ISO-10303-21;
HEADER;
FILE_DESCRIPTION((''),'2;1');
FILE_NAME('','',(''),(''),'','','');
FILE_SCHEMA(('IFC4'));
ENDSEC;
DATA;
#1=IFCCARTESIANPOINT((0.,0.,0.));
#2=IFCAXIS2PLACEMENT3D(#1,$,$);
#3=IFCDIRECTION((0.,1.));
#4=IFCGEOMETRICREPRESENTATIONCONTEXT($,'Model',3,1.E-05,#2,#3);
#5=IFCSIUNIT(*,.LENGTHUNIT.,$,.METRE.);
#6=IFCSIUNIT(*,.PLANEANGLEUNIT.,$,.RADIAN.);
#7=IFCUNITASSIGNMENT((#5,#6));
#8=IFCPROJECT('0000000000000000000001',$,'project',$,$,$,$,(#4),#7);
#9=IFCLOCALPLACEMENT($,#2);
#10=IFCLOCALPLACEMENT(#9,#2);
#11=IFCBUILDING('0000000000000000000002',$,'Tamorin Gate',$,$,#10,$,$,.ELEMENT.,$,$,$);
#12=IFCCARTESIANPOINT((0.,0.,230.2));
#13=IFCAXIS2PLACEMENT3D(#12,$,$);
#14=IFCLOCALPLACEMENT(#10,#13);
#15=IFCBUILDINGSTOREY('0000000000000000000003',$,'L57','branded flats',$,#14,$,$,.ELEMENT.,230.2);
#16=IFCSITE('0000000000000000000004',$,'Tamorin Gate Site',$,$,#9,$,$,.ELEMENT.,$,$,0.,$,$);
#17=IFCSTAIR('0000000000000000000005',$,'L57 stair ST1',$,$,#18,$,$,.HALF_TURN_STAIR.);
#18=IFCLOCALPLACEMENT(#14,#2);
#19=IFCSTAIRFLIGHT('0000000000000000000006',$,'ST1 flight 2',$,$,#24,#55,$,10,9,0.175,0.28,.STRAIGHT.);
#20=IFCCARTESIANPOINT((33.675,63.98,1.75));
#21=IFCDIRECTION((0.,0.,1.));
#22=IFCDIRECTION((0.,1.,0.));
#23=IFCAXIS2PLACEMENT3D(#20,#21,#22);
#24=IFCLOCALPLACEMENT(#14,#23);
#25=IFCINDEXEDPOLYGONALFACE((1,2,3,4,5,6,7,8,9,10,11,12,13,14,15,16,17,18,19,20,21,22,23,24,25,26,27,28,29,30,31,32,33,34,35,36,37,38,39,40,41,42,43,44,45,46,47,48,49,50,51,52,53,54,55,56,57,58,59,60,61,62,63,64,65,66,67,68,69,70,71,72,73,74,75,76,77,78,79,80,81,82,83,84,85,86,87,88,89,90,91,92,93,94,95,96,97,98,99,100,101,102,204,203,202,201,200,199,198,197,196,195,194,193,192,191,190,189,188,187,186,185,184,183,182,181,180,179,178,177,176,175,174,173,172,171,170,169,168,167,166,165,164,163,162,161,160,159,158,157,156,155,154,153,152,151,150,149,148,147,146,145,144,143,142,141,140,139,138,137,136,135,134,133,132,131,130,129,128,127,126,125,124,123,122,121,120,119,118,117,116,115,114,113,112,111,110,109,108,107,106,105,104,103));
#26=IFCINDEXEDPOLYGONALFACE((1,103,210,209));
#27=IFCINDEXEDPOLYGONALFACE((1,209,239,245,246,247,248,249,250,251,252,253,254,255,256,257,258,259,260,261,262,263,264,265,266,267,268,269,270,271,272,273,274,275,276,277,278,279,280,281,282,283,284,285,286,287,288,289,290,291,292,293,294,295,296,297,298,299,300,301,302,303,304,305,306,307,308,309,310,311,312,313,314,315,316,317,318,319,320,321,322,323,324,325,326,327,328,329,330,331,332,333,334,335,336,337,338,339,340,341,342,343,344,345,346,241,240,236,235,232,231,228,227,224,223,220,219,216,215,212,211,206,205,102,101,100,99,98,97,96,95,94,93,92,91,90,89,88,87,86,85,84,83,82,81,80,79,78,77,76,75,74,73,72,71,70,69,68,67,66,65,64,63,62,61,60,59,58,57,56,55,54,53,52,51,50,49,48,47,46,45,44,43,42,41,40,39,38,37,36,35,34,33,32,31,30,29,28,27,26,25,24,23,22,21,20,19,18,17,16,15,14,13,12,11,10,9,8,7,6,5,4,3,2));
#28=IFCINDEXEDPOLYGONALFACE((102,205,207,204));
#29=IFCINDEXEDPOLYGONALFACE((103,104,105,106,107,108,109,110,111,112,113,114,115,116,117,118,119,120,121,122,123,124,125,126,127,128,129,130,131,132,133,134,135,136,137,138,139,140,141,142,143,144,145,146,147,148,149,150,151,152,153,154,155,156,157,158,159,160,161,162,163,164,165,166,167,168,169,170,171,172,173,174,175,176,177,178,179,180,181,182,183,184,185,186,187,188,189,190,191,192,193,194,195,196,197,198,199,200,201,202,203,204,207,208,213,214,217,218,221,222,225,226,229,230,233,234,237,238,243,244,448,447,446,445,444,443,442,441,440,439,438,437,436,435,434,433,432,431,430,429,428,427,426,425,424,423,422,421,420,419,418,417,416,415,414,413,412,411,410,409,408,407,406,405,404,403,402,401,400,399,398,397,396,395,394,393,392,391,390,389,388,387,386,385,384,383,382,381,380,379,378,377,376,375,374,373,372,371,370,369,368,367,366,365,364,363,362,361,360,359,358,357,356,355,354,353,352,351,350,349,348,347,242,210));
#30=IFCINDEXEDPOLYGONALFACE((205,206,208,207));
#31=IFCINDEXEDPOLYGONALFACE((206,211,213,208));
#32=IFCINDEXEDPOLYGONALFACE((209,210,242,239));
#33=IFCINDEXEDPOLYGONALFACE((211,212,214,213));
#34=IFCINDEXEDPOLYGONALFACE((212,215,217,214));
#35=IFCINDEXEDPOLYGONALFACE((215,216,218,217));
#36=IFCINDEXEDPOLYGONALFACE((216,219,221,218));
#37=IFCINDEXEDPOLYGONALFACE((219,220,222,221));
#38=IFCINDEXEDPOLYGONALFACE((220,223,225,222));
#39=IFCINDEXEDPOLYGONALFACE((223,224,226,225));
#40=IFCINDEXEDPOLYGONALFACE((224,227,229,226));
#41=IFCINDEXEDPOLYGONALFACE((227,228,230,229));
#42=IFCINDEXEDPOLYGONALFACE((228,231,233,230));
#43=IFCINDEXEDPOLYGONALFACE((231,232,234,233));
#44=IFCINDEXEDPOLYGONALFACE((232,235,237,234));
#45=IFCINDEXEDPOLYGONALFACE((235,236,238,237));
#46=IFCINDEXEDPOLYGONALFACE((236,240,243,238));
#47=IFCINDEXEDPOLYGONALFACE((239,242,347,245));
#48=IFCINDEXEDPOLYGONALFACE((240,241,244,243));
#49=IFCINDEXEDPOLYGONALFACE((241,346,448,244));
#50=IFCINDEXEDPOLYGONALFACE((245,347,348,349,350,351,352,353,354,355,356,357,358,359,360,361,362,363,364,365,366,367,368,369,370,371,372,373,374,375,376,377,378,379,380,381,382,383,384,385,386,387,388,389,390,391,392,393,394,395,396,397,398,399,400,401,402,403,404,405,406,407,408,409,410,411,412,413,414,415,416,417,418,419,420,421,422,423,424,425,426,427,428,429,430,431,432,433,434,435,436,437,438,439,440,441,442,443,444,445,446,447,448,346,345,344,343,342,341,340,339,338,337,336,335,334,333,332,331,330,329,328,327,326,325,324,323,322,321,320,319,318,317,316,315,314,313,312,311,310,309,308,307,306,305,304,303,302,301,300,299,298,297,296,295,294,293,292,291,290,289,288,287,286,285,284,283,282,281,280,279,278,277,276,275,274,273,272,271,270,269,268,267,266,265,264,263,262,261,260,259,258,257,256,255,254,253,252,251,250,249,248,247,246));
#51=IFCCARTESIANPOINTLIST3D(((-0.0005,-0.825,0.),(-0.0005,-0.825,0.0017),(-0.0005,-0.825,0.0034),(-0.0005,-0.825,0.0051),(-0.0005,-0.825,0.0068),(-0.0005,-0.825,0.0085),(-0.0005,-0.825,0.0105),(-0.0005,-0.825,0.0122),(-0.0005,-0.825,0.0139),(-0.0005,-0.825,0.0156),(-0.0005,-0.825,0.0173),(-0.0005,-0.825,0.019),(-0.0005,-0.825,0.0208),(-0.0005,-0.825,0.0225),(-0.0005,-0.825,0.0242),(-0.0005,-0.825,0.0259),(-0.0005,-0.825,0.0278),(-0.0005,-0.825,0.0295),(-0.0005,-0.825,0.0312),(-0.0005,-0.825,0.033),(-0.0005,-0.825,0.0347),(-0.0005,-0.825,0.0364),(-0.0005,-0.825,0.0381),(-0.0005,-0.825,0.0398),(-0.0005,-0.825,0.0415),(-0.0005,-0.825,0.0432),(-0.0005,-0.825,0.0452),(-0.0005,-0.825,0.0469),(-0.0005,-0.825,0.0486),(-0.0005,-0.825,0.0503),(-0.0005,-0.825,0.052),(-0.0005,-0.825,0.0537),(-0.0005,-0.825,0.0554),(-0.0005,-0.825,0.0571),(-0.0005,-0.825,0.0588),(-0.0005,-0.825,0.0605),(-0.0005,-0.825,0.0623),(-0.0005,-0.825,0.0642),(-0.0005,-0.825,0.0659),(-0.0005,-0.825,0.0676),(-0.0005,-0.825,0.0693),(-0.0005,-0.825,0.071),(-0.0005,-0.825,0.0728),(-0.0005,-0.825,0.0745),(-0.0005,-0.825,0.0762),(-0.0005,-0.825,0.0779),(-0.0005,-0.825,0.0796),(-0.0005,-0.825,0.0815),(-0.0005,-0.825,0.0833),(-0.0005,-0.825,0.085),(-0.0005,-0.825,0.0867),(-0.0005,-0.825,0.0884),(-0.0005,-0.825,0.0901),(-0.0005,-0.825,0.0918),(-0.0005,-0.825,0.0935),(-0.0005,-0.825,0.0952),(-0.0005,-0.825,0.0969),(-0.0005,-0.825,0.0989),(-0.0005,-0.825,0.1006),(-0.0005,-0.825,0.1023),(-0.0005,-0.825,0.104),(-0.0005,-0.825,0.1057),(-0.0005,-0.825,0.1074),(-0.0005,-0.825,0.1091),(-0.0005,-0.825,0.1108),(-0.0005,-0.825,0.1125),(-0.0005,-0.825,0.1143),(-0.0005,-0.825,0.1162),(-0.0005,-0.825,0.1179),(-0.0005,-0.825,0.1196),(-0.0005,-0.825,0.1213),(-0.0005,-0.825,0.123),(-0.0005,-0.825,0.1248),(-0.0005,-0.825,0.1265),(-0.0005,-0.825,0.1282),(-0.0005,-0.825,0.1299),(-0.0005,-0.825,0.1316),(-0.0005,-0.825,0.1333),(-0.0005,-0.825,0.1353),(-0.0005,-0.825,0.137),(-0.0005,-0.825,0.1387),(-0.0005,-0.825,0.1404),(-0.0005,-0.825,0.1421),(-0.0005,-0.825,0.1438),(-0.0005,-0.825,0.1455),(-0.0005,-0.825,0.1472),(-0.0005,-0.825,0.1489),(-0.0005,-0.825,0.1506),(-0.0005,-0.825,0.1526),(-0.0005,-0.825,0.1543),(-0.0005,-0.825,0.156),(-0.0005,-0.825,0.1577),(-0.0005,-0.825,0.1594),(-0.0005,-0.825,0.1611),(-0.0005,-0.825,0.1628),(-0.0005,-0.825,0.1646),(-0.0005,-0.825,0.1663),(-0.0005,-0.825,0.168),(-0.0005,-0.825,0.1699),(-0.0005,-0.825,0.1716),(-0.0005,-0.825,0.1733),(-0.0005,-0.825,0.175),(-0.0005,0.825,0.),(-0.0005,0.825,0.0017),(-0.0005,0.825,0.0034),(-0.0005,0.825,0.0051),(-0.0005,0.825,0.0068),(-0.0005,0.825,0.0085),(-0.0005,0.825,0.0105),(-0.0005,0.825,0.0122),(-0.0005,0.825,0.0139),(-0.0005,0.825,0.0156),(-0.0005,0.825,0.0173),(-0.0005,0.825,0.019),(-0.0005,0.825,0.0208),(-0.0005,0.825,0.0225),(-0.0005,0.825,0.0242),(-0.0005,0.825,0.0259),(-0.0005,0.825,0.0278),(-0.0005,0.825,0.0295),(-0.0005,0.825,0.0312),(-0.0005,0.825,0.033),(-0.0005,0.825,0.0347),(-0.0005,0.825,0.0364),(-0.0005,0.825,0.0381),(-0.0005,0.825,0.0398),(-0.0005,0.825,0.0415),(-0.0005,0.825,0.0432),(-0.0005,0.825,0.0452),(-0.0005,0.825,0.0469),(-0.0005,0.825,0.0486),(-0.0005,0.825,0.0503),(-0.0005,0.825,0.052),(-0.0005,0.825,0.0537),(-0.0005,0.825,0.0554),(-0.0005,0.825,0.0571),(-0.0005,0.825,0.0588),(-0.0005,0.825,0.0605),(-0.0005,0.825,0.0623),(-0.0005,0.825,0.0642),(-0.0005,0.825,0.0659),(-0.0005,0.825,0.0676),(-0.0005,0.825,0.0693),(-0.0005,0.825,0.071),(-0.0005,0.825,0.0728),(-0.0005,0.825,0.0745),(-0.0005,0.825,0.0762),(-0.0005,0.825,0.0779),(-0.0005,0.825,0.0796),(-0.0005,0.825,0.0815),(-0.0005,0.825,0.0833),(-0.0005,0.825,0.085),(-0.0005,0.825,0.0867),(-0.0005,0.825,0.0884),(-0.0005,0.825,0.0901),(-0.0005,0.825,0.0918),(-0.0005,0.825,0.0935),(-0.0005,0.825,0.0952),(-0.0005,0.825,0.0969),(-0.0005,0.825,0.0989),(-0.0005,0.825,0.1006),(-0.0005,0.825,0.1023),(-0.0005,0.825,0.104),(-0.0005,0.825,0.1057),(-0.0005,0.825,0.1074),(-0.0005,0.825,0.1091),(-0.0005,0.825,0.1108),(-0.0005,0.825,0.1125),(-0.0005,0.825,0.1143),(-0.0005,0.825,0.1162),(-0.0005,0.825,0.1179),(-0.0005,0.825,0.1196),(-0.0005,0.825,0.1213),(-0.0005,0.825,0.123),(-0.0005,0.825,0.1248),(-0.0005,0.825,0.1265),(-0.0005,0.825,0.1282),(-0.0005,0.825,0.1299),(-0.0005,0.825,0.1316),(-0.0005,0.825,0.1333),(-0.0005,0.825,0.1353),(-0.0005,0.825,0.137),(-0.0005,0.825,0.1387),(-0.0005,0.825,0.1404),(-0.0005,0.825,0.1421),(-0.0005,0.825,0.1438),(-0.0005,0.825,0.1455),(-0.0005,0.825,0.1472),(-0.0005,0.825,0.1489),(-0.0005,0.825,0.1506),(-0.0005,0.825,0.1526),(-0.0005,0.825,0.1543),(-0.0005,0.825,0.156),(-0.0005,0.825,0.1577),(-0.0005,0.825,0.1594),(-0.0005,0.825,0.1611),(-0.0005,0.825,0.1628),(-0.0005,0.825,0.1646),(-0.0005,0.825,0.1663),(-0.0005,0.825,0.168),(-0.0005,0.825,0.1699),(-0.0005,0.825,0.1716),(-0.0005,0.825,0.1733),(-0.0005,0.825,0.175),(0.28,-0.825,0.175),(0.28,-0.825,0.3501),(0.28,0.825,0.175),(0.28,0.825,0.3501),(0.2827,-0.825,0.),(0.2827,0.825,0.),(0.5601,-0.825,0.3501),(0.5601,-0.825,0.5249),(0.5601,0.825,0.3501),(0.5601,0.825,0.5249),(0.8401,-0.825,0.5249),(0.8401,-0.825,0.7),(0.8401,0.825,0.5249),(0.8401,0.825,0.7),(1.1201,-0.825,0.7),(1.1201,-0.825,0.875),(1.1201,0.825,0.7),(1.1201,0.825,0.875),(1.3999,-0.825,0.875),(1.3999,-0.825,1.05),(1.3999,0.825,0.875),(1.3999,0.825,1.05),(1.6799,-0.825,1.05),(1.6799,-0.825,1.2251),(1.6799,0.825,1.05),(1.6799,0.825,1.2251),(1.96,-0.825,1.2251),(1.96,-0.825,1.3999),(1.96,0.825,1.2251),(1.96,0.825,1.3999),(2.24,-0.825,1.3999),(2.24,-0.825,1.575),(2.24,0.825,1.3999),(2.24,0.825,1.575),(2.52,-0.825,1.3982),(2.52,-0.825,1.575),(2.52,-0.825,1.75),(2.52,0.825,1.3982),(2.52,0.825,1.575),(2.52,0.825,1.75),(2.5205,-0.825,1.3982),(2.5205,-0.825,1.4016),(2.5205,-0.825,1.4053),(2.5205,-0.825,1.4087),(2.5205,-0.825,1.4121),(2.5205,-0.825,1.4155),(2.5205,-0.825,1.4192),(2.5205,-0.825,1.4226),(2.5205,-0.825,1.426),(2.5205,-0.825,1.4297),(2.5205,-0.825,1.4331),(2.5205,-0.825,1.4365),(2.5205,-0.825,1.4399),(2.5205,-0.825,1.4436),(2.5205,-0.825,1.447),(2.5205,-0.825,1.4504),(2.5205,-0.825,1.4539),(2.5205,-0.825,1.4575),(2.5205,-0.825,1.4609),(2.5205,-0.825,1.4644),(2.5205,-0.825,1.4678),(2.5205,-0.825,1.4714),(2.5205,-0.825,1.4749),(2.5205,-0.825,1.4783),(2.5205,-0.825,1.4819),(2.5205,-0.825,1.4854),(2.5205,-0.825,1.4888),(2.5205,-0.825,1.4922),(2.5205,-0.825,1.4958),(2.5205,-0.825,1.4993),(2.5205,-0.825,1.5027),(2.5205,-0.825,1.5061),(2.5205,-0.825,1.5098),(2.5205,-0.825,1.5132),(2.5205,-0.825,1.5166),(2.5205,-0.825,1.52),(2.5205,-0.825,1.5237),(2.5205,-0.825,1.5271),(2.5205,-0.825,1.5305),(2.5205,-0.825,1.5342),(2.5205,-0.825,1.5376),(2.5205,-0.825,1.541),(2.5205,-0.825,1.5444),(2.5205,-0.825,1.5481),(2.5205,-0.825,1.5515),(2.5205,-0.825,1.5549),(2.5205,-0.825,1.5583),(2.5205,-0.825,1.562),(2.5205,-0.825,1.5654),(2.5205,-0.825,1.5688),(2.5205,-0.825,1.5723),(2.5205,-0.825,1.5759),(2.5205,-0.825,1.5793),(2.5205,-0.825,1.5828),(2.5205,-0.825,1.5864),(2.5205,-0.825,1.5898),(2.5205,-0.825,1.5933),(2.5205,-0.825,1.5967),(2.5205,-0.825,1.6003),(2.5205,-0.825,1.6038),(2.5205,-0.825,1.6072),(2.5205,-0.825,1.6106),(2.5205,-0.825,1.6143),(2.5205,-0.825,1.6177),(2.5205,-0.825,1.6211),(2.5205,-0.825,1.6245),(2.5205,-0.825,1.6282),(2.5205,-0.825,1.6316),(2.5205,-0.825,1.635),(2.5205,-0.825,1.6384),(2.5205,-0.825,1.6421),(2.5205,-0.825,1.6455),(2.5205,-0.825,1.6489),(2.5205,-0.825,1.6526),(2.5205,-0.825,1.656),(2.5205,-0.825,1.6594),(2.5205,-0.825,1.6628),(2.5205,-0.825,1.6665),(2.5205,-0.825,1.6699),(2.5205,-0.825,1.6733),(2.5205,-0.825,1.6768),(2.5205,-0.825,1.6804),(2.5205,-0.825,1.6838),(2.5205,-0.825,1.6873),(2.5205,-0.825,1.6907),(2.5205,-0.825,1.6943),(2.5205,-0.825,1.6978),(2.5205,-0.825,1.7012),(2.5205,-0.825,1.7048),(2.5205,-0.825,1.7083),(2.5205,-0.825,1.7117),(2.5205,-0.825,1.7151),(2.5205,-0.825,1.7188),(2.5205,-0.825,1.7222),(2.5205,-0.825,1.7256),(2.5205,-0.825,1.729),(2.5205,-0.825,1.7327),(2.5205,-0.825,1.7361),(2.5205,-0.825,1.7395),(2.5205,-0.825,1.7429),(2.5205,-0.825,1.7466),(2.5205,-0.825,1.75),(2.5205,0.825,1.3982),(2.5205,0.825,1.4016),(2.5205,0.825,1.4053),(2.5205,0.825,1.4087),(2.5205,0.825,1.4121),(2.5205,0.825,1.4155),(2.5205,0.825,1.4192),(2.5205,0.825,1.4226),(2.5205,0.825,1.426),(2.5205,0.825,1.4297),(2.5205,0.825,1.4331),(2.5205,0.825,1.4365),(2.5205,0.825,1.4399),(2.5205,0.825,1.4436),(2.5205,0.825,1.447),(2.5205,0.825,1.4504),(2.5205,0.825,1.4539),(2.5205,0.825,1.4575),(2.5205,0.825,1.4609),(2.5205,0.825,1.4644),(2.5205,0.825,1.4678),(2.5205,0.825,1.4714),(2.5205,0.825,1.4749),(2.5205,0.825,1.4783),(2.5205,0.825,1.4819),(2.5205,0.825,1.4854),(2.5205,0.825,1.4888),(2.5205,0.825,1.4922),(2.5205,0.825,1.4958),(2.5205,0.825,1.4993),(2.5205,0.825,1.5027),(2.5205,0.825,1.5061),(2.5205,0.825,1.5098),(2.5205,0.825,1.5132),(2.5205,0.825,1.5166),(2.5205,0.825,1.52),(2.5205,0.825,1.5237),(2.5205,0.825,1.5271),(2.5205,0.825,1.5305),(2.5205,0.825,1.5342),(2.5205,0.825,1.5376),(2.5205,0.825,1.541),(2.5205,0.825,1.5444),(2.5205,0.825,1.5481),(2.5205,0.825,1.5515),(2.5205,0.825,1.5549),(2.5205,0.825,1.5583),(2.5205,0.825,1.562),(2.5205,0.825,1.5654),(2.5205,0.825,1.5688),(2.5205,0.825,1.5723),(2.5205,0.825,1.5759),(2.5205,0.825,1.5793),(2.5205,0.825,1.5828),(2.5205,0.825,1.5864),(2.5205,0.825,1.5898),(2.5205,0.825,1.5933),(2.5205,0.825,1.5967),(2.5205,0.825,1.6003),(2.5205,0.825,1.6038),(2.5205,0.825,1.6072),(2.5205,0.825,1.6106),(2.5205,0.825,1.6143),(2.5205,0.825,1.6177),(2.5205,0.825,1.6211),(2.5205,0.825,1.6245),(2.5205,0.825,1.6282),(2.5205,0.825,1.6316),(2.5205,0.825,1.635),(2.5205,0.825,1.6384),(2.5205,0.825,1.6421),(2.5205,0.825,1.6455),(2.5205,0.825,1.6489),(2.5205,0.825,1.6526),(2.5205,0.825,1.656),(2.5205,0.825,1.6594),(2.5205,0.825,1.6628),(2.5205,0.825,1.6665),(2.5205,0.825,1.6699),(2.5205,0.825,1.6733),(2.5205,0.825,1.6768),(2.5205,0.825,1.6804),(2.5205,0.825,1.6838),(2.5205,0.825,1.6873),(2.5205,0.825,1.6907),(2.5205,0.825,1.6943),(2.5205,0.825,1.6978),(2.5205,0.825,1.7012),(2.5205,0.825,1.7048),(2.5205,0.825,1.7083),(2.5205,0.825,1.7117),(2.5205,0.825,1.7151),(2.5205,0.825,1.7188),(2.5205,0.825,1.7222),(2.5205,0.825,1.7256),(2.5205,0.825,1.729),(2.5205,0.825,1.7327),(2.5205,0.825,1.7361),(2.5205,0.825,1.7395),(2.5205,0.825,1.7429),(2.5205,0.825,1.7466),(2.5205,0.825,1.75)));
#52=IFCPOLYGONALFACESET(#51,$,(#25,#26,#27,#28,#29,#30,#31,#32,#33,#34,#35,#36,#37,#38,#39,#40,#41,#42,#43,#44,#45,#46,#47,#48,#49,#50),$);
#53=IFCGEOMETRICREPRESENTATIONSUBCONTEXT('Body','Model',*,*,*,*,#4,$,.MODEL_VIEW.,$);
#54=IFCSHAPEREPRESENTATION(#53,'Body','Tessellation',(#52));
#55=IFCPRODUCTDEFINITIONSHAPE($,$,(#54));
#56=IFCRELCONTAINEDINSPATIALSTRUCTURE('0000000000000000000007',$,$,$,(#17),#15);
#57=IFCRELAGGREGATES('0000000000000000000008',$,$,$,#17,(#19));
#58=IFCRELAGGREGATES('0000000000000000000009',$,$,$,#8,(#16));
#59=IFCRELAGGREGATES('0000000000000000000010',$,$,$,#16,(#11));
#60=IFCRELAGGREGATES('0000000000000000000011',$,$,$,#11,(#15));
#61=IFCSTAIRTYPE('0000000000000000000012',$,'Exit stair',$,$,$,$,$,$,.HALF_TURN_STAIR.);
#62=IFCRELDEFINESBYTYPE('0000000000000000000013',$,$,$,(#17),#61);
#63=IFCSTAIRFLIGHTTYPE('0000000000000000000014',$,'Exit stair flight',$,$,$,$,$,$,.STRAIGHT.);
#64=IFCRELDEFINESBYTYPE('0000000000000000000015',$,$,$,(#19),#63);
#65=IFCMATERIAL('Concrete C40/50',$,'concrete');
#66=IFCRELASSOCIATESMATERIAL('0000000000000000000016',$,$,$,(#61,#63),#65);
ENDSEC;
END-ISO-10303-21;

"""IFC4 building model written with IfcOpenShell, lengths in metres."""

from ifc_helpers import new_model, si_unit, direction, frame, origin, place, context, subcontext, project, spatial, polyline, outline, extrude, material, type_object, element, aggregate, save


model = new_model("IFC4")

# Units and contexts
model_context = context("Model", 3, precision=1e-05, world=origin(), true_north=direction((0.0, 1.0)))
body_context = subcontext(model_context, "Body", "Model", "MODEL_VIEW")
ifc_project = project(units=[si_unit("LENGTHUNIT", "METRE"), si_unit("PLANEANGLEUNIT", "RADIAN")], contexts=[model_context])

# Site, building, storey
site_placement = place(None, origin())
site = spatial("IfcSite", under=ifc_project, at=site_placement, Name="Tamorin Gate Site", CompositionType="ELEMENT", RefElevation=0.0)
building_placement = place(site_placement, origin())
building = spatial("IfcBuilding", under=site, at=building_placement, Name="Tamorin Gate", CompositionType="ELEMENT")
storey_placement = place(building_placement, frame((0.0, 0.0, 230.2)))
storey = spatial("IfcBuildingStorey", under=building, at=storey_placement, Name="L57", Description="branded flats", CompositionType="ELEMENT", Elevation=230.2)

# Shared definitions
ifc_material_1 = material(Name="Concrete C40/50", Category="concrete")

# Stair, stair flight
stair_type = type_object("IfcStairType", Name="Exit stair", PredefinedType="HALF_TURN_STAIR", material=ifc_material_1)
stair_1_placement = place(storey_placement, origin())
stair_1 = element("IfcStair", 1, at=stair_1_placement, inside=storey, type_object=stair_type, Name="L57 stair ST1", PredefinedType="HALF_TURN_STAIR")
stair_flight_type = type_object("IfcStairFlightType", Name="Exit stair flight", PredefinedType="STRAIGHT", material=ifc_material_1)
stair_flight_1_placement = place(storey_placement, frame((33.675, 63.98, 1.75), z_axis=(0.0, 0.0, 1.0), x_axis=(0.0, 1.0, 0.0)))
stair_flight_1 = element("IfcStairFlight", 2, at=stair_flight_1_placement, type_object=stair_flight_type, Name="ST1 flight 2", NumberOfRisers=10, NumberOfTreads=9, PredefinedType="STRAIGHT", RiserHeight=0.175, TreadLength=0.28, context=body_context, shape_type="SweptSolid", body=[
    extrude(outline(polyline([(-0.0005, 0.0), (-0.0005, 0.0017), (-0.0005, 0.0034), (-0.0005, 0.0051), (-0.0005, 0.0068), (-0.0005, 0.0085), (-0.0005, 0.0105), (-0.0005, 0.0122), (-0.0005, 0.0139), (-0.0005, 0.0156), (-0.0005, 0.0173), (-0.0005, 0.019), (-0.0005, 0.0208), (-0.0005, 0.0225), (-0.0005, 0.0242), (-0.0005, 0.0259), (-0.0005, 0.0278), (-0.0005, 0.0295), (-0.0005, 0.0312), (-0.0005, 0.033), (-0.0005, 0.0347), (-0.0005, 0.0364), (-0.0005, 0.0381), (-0.0005, 0.0398), (-0.0005, 0.0415), (-0.0005, 0.0432), (-0.0005, 0.0452), (-0.0005, 0.0469), (-0.0005, 0.0486), (-0.0005, 0.0503), (-0.0005, 0.052), (-0.0005, 0.0537), (-0.0005, 0.0554), (-0.0005, 0.0571), (-0.0005, 0.0588), (-0.0005, 0.0605), (-0.0005, 0.0623), (-0.0005, 0.0642), (-0.0005, 0.0659), (-0.0005, 0.0676), (-0.0005, 0.0693), (-0.0005, 0.071), (-0.0005, 0.0728), (-0.0005, 0.0745), (-0.0005, 0.0762), (-0.0005, 0.0779), (-0.0005, 0.0796), (-0.0005, 0.0815), (-0.0005, 0.0833), (-0.0005, 0.085), (-0.0005, 0.0867), (-0.0005, 0.0884), (-0.0005, 0.0901), (-0.0005, 0.0918), (-0.0005, 0.0935), (-0.0005, 0.0952), (-0.0005, 0.0969), (-0.0005, 0.0989), (-0.0005, 0.1006), (-0.0005, 0.1023), (-0.0005, 0.104), (-0.0005, 0.1057), (-0.0005, 0.1074), (-0.0005, 0.1091), (-0.0005, 0.1108), (-0.0005, 0.1125), (-0.0005, 0.1143), (-0.0005, 0.1162), (-0.0005, 0.1179), (-0.0005, 0.1196), (-0.0005, 0.1213), (-0.0005, 0.123), (-0.0005, 0.1248), (-0.0005, 0.1265), (-0.0005, 0.1282), (-0.0005, 0.1299), (-0.0005, 0.1316), (-0.0005, 0.1333), (-0.0005, 0.1353), (-0.0005, 0.137), (-0.0005, 0.1387), (-0.0005, 0.1404), (-0.0005, 0.1421), (-0.0005, 0.1438), (-0.0005, 0.1455), (-0.0005, 0.1472), (-0.0005, 0.1489), (-0.0005, 0.1506), (-0.0005, 0.1526), (-0.0005, 0.1543), (-0.0005, 0.156), (-0.0005, 0.1577), (-0.0005, 0.1594), (-0.0005, 0.1611), (-0.0005, 0.1628), (-0.0005, 0.1646), (-0.0005, 0.1663), (-0.0005, 0.168), (-0.0005, 0.1699), (-0.0005, 0.1716), (-0.0005, 0.1733), (-0.0005, 0.175), (0.28, 0.175), (0.28, 0.3501), (0.5601, 0.3501), (0.5601, 0.5249), (0.8401, 0.5249), (0.8401, 0.7), (1.1201, 0.7), (1.1201, 0.875), (1.3999, 0.875), (1.3999, 1.05), (1.6799, 1.05), (1.6799, 1.2251), (1.96, 1.2251), (1.96, 1.3999), (2.24, 1.3999), (2.24, 1.575), (2.52, 1.575), (2.52, 1.75), (2.5205, 1.75), (2.5205, 1.7466), (2.5205, 1.7429), (2.5205, 1.7395), (2.5205, 1.7361), (2.5205, 1.7327), (2.5205, 1.729), (2.5205, 1.7256), (2.5205, 1.7222), (2.5205, 1.7188), (2.5205, 1.7151), (2.5205, 1.7117), (2.5205, 1.7083), (2.5205, 1.7048), (2.5205, 1.7012), (2.5205, 1.6978), (2.5205, 1.6943), (2.5205, 1.6907), (2.5205, 1.6873), (2.5205, 1.6838), (2.5205, 1.6804), (2.5205, 1.6768), (2.5205, 1.6733), (2.5205, 1.6699), (2.5205, 1.6665), (2.5205, 1.6628), (2.5205, 1.6594), (2.5205, 1.656), (2.5205, 1.6526), (2.5205, 1.6489), (2.5205, 1.6455), (2.5205, 1.6421), (2.5205, 1.6384), (2.5205, 1.635), (2.5205, 1.6316), (2.5205, 1.6282), (2.5205, 1.6245), (2.5205, 1.6211), (2.5205, 1.6177), (2.5205, 1.6143), (2.5205, 1.6106), (2.5205, 1.6072), (2.5205, 1.6038), (2.5205, 1.6003), (2.5205, 1.5967), (2.5205, 1.5933), (2.5205, 1.5898), (2.5205, 1.5864), (2.5205, 1.5828), (2.5205, 1.5793), (2.5205, 1.5759), (2.5205, 1.5723), (2.5205, 1.5688), (2.5205, 1.5654), (2.5205, 1.562), (2.5205, 1.5583), (2.5205, 1.5549), (2.5205, 1.5515), (2.5205, 1.5481), (2.5205, 1.5444), (2.5205, 1.541), (2.5205, 1.5376), (2.5205, 1.5342), (2.5205, 1.5305), (2.5205, 1.5271), (2.5205, 1.5237), (2.5205, 1.52), (2.5205, 1.5166), (2.5205, 1.5132), (2.5205, 1.5098), (2.5205, 1.5061), (2.5205, 1.5027), (2.5205, 1.4993), (2.5205, 1.4958), (2.5205, 1.4922), (2.5205, 1.4888), (2.5205, 1.4854), (2.5205, 1.4819), (2.5205, 1.4783), (2.5205, 1.4749), (2.5205, 1.4714), (2.5205, 1.4678), (2.5205, 1.4644), (2.5205, 1.4609), (2.5205, 1.4575), (2.5205, 1.4539), (2.5205, 1.4504), (2.5205, 1.447), (2.5205, 1.4436), (2.5205, 1.4399), (2.5205, 1.4365), (2.5205, 1.4331), (2.5205, 1.4297), (2.5205, 1.426), (2.5205, 1.4226), (2.5205, 1.4192), (2.5205, 1.4155), (2.5205, 1.4121), (2.5205, 1.4087), (2.5205, 1.4053), (2.5205, 1.4016), (2.5205, 1.3982), (2.52, 1.3982), (0.2827, 0.0), (-0.0005, 0.0)])), frame((0.0, 0.825, 0.0), z_axis=(0.0, -1.0, 0.0), x_axis=(1.0, 0.0, 0.0)), (0.0, 0.0, 1.0), 1.6499),
])
aggregate(stair_1, [stair_flight_1])

save(model, "model.ifc")
